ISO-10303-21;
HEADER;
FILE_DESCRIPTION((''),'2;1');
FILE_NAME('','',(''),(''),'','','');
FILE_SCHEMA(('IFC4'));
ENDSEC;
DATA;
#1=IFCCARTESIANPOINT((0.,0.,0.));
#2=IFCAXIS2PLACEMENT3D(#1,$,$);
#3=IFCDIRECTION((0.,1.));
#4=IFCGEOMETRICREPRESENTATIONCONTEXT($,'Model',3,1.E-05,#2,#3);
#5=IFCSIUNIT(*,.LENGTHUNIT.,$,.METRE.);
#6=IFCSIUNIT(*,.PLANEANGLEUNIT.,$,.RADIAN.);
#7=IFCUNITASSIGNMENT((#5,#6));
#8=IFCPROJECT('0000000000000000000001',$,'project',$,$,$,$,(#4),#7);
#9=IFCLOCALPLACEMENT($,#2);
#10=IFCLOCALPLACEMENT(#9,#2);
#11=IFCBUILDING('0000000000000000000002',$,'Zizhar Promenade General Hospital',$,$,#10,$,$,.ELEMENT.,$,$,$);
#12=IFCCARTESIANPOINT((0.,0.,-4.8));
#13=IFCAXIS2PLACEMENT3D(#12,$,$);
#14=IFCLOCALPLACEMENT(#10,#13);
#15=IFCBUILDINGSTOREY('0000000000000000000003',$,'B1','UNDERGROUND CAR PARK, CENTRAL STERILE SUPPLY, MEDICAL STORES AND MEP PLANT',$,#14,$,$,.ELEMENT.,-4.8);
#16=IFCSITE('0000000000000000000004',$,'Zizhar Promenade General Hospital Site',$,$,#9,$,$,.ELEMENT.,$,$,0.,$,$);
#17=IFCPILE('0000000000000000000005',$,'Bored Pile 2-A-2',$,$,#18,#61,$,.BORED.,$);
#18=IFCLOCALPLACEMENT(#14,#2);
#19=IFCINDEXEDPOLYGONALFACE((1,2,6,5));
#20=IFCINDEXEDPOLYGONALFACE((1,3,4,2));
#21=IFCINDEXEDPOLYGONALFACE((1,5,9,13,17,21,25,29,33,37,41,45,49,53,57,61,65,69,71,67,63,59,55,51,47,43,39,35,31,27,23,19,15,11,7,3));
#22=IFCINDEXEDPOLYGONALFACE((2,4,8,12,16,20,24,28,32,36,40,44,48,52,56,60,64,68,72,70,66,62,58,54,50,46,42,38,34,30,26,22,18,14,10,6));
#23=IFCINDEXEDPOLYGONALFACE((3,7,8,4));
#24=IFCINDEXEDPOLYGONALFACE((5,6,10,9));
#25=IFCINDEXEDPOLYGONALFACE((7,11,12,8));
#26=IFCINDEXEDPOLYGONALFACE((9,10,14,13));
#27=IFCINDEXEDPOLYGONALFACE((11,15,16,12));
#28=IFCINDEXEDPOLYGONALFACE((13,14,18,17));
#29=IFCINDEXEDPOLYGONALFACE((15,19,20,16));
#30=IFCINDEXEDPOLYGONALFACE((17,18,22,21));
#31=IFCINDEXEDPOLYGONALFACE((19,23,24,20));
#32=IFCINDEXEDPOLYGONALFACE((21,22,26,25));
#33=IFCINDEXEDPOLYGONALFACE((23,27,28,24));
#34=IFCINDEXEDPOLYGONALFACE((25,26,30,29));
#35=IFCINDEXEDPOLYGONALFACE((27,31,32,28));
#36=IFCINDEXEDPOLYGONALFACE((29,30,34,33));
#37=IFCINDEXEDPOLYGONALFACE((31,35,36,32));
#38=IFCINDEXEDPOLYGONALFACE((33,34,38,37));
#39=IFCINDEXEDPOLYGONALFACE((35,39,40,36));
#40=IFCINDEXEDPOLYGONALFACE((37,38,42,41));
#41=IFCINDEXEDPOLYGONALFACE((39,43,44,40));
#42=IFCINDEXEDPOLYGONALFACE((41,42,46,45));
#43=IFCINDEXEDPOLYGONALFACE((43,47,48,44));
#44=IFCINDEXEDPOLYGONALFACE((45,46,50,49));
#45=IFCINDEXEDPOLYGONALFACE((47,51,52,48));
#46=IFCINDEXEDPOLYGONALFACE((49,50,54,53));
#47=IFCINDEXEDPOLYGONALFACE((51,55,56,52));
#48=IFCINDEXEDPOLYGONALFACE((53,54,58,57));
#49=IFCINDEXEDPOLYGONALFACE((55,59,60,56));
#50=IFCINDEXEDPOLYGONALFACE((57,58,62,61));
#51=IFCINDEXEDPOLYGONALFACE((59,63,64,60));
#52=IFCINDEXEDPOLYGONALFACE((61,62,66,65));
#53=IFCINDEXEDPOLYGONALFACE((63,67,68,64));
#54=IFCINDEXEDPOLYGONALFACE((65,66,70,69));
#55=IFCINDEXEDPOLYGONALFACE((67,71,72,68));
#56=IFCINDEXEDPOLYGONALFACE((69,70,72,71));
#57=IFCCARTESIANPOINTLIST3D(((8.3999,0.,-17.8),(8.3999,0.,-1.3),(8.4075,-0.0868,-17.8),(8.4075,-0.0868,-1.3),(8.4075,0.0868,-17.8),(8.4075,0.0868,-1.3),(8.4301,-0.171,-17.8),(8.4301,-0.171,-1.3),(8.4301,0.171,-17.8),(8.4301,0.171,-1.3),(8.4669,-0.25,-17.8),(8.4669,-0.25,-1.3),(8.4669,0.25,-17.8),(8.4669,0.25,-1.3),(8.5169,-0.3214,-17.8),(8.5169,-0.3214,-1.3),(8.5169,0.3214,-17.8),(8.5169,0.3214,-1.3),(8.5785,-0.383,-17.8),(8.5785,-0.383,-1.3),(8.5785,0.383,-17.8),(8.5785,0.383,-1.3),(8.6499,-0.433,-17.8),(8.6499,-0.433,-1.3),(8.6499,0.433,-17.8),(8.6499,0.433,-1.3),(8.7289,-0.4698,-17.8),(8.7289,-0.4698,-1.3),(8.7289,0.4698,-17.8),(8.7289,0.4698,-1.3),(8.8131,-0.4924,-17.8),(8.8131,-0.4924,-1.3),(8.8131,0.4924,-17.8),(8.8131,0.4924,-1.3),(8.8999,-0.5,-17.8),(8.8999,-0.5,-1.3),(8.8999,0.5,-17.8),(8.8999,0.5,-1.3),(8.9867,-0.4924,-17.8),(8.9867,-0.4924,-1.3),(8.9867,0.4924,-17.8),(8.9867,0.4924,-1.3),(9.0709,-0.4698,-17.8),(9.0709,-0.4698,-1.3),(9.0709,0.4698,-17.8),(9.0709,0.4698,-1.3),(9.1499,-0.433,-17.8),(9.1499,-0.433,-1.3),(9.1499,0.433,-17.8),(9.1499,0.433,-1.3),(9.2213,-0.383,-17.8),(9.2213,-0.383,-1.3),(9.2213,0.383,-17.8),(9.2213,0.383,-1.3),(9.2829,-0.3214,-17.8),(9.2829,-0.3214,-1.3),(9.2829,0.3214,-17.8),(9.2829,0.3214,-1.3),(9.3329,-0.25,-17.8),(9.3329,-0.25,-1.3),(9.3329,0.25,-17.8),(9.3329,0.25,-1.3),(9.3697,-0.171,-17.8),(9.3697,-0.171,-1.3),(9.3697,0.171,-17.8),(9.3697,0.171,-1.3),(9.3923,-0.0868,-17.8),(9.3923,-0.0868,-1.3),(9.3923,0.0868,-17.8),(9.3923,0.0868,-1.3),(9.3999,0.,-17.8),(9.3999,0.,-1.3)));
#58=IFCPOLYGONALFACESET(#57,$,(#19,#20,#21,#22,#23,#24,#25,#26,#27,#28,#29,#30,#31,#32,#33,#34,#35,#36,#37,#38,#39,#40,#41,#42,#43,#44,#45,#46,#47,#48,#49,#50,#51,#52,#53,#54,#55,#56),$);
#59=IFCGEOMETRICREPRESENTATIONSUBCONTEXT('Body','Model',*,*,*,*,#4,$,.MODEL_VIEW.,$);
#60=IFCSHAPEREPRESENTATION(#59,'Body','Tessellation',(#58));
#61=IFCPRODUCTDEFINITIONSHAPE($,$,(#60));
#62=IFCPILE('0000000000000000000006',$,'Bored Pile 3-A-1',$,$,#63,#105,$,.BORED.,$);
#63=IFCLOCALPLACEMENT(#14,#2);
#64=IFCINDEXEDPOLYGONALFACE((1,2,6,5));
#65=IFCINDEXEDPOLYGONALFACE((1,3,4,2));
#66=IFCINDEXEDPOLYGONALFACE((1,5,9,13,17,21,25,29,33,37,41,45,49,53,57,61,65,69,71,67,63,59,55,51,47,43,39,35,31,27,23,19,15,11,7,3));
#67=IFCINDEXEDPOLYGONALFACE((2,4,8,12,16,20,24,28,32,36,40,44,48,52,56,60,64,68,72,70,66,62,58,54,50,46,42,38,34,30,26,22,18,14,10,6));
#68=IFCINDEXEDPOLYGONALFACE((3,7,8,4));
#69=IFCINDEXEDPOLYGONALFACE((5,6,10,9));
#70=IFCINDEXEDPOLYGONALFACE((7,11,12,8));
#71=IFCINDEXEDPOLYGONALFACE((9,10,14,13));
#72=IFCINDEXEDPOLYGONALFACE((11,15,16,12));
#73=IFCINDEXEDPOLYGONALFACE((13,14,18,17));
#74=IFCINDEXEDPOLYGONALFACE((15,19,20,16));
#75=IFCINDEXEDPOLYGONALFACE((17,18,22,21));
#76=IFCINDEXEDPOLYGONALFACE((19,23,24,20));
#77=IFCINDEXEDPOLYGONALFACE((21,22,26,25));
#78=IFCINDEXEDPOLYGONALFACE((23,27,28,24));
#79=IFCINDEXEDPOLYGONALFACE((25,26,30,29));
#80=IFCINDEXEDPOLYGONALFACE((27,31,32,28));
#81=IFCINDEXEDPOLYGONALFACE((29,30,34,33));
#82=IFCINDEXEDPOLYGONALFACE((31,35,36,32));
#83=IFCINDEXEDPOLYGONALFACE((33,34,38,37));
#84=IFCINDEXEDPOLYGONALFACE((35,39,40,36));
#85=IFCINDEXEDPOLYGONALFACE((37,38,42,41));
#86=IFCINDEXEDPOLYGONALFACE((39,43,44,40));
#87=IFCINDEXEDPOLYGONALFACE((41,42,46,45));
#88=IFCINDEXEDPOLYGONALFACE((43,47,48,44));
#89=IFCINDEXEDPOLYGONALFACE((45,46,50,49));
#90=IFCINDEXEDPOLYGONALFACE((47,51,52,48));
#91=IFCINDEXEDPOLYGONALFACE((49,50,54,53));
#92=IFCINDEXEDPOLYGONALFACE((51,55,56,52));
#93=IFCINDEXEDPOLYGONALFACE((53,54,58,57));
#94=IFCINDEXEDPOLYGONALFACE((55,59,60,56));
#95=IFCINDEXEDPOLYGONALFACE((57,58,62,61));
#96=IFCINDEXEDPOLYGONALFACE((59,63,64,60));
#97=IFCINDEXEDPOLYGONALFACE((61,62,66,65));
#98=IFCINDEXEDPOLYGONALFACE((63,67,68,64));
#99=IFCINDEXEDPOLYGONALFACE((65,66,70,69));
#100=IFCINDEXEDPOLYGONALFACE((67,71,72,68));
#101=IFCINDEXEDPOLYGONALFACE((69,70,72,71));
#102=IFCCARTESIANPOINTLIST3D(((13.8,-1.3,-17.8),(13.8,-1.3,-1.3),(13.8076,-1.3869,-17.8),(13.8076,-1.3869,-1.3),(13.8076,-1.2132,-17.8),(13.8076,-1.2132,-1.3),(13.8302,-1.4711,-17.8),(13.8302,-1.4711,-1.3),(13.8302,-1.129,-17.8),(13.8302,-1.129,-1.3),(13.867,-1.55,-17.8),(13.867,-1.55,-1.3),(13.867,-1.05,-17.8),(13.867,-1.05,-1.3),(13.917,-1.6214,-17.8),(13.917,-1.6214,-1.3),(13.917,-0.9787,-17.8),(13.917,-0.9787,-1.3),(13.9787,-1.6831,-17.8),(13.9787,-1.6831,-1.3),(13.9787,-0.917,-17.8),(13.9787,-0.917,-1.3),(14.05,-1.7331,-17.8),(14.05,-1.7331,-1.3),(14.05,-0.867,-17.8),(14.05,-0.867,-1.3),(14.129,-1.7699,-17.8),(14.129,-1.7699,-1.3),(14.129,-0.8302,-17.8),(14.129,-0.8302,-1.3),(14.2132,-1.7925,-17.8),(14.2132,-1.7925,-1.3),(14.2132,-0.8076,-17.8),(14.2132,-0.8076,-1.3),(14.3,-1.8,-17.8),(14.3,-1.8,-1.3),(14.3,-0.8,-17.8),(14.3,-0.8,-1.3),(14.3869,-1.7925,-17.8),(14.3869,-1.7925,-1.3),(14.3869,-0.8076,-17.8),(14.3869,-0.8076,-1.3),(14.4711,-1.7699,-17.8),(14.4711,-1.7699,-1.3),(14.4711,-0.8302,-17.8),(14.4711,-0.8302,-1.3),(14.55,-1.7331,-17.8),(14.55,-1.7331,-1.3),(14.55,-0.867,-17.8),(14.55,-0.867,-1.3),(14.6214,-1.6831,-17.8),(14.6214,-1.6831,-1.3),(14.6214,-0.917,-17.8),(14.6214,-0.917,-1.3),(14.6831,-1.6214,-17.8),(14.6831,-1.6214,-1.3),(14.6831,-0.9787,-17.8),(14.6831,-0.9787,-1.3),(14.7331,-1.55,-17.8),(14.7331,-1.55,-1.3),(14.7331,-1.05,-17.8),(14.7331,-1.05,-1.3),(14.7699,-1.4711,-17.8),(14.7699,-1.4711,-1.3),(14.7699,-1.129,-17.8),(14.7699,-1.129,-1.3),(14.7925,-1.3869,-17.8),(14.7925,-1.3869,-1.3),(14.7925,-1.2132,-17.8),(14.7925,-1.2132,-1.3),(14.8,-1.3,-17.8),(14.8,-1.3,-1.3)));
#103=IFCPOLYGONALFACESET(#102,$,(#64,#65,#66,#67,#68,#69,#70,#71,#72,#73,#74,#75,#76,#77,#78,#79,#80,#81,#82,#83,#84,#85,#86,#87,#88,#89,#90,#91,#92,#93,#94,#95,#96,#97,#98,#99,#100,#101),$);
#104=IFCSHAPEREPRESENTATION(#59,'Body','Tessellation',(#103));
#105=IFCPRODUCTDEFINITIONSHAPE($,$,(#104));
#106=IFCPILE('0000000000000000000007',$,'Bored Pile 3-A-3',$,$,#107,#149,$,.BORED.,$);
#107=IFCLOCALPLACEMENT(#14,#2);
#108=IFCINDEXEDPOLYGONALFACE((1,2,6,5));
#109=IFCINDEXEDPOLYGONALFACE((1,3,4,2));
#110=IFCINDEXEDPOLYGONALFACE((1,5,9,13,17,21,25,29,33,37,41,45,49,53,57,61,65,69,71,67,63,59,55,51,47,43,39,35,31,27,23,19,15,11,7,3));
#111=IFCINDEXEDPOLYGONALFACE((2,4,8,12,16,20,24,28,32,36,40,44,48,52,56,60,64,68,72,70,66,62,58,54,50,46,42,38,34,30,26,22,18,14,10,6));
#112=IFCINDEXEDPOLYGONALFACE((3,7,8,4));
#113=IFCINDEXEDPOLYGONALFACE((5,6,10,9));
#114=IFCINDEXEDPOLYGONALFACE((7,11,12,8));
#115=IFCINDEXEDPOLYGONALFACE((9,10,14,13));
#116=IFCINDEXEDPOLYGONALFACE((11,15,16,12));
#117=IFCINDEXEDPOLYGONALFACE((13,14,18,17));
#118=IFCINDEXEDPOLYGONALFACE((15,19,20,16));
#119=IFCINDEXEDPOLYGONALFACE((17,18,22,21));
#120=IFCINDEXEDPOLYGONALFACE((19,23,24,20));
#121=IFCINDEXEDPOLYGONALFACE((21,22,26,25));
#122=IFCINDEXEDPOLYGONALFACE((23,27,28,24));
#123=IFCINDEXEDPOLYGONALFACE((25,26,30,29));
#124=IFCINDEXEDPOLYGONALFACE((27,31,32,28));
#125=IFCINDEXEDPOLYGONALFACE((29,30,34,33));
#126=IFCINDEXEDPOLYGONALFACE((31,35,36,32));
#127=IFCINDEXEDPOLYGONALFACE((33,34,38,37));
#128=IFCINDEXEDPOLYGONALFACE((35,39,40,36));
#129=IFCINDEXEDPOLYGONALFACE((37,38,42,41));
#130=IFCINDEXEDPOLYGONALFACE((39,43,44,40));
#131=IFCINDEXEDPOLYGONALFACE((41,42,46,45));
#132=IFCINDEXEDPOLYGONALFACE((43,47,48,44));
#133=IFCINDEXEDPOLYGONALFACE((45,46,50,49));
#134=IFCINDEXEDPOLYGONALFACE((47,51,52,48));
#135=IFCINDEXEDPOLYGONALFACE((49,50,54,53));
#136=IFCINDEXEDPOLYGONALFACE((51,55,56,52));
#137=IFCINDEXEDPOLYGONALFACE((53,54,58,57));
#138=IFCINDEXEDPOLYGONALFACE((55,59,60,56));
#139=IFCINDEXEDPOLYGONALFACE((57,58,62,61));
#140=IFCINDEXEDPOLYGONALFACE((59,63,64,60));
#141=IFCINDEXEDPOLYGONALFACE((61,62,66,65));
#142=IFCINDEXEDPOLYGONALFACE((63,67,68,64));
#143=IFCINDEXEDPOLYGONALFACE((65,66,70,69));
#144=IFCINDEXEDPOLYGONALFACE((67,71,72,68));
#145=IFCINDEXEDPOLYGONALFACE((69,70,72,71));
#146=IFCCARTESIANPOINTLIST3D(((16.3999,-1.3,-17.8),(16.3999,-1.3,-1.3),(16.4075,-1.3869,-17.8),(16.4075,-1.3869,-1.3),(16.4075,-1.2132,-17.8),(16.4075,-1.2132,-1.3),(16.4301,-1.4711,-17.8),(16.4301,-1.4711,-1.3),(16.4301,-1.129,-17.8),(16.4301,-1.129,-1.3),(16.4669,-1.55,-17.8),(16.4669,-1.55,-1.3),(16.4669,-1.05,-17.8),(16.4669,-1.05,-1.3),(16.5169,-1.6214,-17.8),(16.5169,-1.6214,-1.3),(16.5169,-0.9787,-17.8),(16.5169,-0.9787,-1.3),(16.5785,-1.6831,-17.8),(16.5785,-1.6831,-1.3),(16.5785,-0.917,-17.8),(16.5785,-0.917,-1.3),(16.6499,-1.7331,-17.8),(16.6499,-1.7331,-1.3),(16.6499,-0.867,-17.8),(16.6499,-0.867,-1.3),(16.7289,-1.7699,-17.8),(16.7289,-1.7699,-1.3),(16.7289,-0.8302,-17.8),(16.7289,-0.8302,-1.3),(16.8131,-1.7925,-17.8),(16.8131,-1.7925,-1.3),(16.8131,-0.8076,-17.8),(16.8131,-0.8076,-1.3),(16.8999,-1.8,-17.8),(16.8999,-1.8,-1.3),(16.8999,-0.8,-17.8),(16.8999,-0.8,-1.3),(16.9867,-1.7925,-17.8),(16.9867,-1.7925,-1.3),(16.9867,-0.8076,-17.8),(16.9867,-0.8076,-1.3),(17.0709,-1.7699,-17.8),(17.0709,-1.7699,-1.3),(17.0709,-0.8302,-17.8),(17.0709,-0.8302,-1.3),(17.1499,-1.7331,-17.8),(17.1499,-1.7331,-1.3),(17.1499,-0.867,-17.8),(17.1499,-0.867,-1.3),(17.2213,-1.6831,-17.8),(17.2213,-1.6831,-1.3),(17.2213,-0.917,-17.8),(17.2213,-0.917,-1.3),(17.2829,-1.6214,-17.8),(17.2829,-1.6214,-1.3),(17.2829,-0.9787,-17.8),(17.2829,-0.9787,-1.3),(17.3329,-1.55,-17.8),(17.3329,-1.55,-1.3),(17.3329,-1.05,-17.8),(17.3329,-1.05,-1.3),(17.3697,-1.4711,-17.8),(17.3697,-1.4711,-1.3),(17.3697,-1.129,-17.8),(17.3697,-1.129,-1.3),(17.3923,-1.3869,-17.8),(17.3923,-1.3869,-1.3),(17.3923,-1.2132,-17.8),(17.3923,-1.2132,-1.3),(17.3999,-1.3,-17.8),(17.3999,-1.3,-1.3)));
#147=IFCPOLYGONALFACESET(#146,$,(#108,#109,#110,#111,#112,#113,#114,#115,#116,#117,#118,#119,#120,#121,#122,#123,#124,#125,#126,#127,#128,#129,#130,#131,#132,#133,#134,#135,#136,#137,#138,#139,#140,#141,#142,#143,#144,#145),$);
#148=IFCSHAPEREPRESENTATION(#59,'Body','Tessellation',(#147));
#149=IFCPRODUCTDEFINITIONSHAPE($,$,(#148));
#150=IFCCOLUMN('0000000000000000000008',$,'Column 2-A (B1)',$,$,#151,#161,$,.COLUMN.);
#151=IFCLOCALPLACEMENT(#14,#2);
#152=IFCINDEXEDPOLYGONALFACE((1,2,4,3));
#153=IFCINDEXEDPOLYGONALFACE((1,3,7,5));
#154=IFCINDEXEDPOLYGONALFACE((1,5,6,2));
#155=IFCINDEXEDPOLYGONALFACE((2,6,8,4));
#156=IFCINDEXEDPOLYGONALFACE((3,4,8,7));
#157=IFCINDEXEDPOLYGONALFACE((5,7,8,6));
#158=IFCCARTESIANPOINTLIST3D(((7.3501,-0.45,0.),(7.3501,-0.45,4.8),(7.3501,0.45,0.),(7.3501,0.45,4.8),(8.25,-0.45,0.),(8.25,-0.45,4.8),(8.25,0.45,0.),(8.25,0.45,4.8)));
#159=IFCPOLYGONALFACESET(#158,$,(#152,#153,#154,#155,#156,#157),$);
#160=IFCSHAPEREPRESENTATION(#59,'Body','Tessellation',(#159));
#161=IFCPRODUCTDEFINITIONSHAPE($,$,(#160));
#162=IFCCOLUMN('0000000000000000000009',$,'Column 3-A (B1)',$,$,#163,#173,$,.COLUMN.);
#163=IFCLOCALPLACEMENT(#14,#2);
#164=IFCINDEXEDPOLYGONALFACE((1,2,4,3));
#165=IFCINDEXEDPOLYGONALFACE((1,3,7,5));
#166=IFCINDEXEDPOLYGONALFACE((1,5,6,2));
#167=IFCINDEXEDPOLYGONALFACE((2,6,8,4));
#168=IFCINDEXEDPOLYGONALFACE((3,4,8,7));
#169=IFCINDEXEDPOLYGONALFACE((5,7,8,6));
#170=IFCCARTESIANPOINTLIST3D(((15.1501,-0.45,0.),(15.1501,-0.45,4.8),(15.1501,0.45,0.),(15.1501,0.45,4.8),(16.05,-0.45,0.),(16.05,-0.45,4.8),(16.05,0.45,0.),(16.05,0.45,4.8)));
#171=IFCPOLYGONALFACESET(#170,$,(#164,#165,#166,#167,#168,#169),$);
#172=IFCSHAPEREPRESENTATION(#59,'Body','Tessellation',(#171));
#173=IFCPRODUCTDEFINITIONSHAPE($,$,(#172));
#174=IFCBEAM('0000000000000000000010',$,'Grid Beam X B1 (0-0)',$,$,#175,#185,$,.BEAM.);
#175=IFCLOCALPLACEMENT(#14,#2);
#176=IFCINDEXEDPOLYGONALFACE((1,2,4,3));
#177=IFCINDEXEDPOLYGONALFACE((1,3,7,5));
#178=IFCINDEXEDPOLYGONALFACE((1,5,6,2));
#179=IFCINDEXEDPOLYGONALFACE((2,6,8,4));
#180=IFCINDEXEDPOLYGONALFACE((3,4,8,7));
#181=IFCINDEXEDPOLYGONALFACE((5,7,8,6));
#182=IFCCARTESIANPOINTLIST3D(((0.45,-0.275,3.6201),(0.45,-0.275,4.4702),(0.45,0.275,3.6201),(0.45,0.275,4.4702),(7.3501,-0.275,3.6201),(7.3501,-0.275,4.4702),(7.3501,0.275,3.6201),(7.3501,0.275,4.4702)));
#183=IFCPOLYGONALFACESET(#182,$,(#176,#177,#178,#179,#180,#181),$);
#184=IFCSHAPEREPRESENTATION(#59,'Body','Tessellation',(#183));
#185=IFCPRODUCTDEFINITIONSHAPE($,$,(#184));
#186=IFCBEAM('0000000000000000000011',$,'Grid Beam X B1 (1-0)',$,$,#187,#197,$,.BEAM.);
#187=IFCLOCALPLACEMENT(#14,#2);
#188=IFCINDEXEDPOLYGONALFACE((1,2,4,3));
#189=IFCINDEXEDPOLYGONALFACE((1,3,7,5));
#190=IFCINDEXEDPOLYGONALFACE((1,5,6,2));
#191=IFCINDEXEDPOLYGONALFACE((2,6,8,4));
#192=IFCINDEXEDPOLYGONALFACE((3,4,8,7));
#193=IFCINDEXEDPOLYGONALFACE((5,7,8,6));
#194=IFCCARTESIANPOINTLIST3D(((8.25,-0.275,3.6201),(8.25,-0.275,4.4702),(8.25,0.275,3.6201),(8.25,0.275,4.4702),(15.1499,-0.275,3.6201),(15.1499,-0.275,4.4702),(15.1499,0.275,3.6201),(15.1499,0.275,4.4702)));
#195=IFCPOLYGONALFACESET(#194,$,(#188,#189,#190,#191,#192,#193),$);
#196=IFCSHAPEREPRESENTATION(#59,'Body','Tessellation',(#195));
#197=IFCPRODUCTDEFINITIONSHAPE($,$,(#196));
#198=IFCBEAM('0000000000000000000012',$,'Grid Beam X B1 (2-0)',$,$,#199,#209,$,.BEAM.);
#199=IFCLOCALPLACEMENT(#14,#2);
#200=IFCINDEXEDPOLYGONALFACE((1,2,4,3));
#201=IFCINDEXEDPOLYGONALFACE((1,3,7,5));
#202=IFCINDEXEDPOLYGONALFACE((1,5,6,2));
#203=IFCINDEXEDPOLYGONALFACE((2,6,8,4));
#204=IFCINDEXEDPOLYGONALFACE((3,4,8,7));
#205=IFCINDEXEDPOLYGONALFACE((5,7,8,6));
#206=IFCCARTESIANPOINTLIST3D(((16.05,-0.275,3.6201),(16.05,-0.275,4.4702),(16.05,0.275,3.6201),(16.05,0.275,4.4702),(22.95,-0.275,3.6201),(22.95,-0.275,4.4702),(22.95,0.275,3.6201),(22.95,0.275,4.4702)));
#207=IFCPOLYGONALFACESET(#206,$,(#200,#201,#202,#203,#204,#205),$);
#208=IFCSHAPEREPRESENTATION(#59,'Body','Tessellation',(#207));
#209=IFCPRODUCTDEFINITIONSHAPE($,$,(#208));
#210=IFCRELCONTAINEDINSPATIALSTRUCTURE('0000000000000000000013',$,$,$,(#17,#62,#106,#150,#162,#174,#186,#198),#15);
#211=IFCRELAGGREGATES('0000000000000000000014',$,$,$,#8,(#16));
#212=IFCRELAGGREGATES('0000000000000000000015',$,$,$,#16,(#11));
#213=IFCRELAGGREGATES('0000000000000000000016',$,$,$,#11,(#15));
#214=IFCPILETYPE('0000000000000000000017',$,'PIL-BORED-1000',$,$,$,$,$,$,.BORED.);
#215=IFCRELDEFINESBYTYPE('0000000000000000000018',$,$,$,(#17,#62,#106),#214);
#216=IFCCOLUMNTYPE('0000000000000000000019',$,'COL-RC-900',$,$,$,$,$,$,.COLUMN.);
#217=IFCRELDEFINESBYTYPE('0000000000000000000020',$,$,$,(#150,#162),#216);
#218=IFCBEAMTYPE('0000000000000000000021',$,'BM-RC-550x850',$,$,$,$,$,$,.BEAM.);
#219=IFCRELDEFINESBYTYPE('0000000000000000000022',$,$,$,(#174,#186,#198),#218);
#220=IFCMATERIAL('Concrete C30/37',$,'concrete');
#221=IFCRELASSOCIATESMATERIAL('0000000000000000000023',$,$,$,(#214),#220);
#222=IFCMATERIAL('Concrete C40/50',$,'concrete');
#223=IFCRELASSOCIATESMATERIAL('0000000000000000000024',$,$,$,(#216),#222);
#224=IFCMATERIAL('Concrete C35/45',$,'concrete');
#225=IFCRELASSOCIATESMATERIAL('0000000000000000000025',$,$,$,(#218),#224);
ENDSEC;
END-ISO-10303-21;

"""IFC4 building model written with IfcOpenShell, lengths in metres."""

from ifc_helpers import new_model, si_unit, direction, frame, origin, origin_2d, place, context, subcontext, project, spatial, rectangle, circle, extrude, material, material_profile, profile_set, type_object, element, save


model = new_model("IFC4")

# Units and contexts
model_context = context("Model", 3, precision=1e-05, world=origin(), true_north=direction((0.0, 1.0)))
body_context = subcontext(model_context, "Body", "Model", "MODEL_VIEW")
ifc_project = project(units=[si_unit("LENGTHUNIT", "METRE"), si_unit("PLANEANGLEUNIT", "RADIAN")], contexts=[model_context])

# Site, building, storey
site_placement = place(None, origin())
site = spatial("IfcSite", under=ifc_project, at=site_placement, Name="Zizhar Promenade General Hospital Site", CompositionType="ELEMENT", RefElevation=0.0)
building_placement = place(site_placement, origin())
building = spatial("IfcBuilding", under=site, at=building_placement, Name="Zizhar Promenade General Hospital", CompositionType="ELEMENT")
storey_placement = place(building_placement, frame((0.0, 0.0, -4.8)))
storey = spatial("IfcBuildingStorey", under=building, at=storey_placement, Name="B1", Description="UNDERGROUND CAR PARK, CENTRAL STERILE SUPPLY, MEDICAL STORES AND MEP PLANT", CompositionType="ELEMENT", Elevation=-4.8)

# Piles
ifc_material_1 = material(Name="Concrete C30/37", Category="concrete")
ifc_material_profile_1 = material_profile(ifc_material_1, circle(Radius=0.5, at=origin_2d()))
ifc_profile_set_1 = profile_set([ifc_material_profile_1], Name="Concrete C30/37")
pile_type = type_object("IfcPileType", Name="PIL-BORED-1000", PredefinedType="BORED", material=ifc_profile_set_1)
for number, where, z_axis, x_axis, name in (
    (1, (8.8999, 0.0, -1.3), (0.0, 0.0, -1.0), (1.0, 0.0, 0.0), "Bored Pile 2-A-2"),
    (2, (14.3, -1.3, -1.3), (0.0, 0.0, -1.0), (1.0, 0.0, 0.0), "Bored Pile 3-A-1"),
    (3, (16.8999, -1.3, -1.3), (0.0, 0.0, -1.0), (1.0, 0.0, 0.0), "Bored Pile 3-A-3"),
):
    element("IfcPile", number, at=place(storey_placement, frame(where, z_axis=z_axis, x_axis=x_axis)), inside=storey, type_object=pile_type, Name=name, PredefinedType="BORED", context=body_context, shape_type="SweptSolid", body=[
        extrude(circle(Radius=0.5, at=origin_2d()), origin(), (0.0, 0.0, 1.0), 16.5),
    ])

# Columns
ifc_material_2 = material(Name="Concrete C40/50", Category="concrete")
ifc_material_profile_2 = material_profile(ifc_material_2, rectangle(XDim=0.8999, YDim=0.8999, at=origin_2d()))
ifc_profile_set_2 = profile_set([ifc_material_profile_2], Name="Concrete C40/50")
column_type = type_object("IfcColumnType", Name="COL-RC-900", PredefinedType="COLUMN", material=ifc_profile_set_2)
for number, where, z_axis, x_axis, name in (
    (4, (7.8, 0.0, 0.0), (0.0, 0.0, 1.0), (1.0, 0.0, 0.0), "Column 2-A (B1)"),
    (5, (15.6001, 0.0, 0.0), (0.0, 0.0, 1.0), (1.0, 0.0, 0.0), "Column 3-A (B1)"),
):
    element("IfcColumn", number, at=place(storey_placement, frame(where, z_axis=z_axis, x_axis=x_axis)), inside=storey, type_object=column_type, Name=name, PredefinedType="COLUMN", context=body_context, shape_type="SweptSolid", body=[
        extrude(rectangle(XDim=0.8999, YDim=0.8999, at=origin_2d()), origin(), (0.0, 0.0, 1.0), 4.8),
    ])

# Beams
ifc_material_3 = material(Name="Concrete C35/45", Category="concrete")
ifc_material_profile_3 = material_profile(ifc_material_3, rectangle(XDim=0.55, YDim=0.8501, at=origin_2d()))
ifc_profile_set_3 = profile_set([ifc_material_profile_3], Name="Concrete C35/45")
beam_type_1 = type_object("IfcBeamType", Name="BM-RC-550x850", PredefinedType="BEAM", material=ifc_profile_set_3)
beam_placement = place(storey_placement, frame((0.45, 0.0, 4.0452), z_axis=(1.0, 0.0, 0.0), x_axis=(0.0, 1.0, 0.0)))
element("IfcBeam", 6, at=beam_placement, inside=storey, type_object=beam_type_1, Name="Grid Beam X B1 (0-0)", PredefinedType="BEAM", context=body_context, shape_type="SweptSolid", body=[
    extrude(rectangle(XDim=0.55, YDim=0.8501, at=origin_2d()), origin(), (0.0, 0.0, 1.0), 6.9001),
])
for number, where, z_axis, x_axis, name in (
    (7, (8.25, 0.0, 4.0452), (1.0, 0.0, 0.0), (0.0, 1.0, 0.0), "Grid Beam X B1 (1-0)"),
    (8, (16.05, 0.0, 4.0452), (1.0, 0.0, 0.0), (0.0, 1.0, 0.0), "Grid Beam X B1 (2-0)"),
):
    element("IfcBeam", number, at=place(storey_placement, frame(where, z_axis=z_axis, x_axis=x_axis)), inside=storey, type_object=beam_type_1, Name=name, PredefinedType="BEAM", context=body_context, shape_type="SweptSolid", body=[
        extrude(rectangle(XDim=0.55, YDim=0.8501, at=origin_2d()), origin(), (0.0, 0.0, 1.0), 6.8999),
    ])

save(model, "model.ifc")
